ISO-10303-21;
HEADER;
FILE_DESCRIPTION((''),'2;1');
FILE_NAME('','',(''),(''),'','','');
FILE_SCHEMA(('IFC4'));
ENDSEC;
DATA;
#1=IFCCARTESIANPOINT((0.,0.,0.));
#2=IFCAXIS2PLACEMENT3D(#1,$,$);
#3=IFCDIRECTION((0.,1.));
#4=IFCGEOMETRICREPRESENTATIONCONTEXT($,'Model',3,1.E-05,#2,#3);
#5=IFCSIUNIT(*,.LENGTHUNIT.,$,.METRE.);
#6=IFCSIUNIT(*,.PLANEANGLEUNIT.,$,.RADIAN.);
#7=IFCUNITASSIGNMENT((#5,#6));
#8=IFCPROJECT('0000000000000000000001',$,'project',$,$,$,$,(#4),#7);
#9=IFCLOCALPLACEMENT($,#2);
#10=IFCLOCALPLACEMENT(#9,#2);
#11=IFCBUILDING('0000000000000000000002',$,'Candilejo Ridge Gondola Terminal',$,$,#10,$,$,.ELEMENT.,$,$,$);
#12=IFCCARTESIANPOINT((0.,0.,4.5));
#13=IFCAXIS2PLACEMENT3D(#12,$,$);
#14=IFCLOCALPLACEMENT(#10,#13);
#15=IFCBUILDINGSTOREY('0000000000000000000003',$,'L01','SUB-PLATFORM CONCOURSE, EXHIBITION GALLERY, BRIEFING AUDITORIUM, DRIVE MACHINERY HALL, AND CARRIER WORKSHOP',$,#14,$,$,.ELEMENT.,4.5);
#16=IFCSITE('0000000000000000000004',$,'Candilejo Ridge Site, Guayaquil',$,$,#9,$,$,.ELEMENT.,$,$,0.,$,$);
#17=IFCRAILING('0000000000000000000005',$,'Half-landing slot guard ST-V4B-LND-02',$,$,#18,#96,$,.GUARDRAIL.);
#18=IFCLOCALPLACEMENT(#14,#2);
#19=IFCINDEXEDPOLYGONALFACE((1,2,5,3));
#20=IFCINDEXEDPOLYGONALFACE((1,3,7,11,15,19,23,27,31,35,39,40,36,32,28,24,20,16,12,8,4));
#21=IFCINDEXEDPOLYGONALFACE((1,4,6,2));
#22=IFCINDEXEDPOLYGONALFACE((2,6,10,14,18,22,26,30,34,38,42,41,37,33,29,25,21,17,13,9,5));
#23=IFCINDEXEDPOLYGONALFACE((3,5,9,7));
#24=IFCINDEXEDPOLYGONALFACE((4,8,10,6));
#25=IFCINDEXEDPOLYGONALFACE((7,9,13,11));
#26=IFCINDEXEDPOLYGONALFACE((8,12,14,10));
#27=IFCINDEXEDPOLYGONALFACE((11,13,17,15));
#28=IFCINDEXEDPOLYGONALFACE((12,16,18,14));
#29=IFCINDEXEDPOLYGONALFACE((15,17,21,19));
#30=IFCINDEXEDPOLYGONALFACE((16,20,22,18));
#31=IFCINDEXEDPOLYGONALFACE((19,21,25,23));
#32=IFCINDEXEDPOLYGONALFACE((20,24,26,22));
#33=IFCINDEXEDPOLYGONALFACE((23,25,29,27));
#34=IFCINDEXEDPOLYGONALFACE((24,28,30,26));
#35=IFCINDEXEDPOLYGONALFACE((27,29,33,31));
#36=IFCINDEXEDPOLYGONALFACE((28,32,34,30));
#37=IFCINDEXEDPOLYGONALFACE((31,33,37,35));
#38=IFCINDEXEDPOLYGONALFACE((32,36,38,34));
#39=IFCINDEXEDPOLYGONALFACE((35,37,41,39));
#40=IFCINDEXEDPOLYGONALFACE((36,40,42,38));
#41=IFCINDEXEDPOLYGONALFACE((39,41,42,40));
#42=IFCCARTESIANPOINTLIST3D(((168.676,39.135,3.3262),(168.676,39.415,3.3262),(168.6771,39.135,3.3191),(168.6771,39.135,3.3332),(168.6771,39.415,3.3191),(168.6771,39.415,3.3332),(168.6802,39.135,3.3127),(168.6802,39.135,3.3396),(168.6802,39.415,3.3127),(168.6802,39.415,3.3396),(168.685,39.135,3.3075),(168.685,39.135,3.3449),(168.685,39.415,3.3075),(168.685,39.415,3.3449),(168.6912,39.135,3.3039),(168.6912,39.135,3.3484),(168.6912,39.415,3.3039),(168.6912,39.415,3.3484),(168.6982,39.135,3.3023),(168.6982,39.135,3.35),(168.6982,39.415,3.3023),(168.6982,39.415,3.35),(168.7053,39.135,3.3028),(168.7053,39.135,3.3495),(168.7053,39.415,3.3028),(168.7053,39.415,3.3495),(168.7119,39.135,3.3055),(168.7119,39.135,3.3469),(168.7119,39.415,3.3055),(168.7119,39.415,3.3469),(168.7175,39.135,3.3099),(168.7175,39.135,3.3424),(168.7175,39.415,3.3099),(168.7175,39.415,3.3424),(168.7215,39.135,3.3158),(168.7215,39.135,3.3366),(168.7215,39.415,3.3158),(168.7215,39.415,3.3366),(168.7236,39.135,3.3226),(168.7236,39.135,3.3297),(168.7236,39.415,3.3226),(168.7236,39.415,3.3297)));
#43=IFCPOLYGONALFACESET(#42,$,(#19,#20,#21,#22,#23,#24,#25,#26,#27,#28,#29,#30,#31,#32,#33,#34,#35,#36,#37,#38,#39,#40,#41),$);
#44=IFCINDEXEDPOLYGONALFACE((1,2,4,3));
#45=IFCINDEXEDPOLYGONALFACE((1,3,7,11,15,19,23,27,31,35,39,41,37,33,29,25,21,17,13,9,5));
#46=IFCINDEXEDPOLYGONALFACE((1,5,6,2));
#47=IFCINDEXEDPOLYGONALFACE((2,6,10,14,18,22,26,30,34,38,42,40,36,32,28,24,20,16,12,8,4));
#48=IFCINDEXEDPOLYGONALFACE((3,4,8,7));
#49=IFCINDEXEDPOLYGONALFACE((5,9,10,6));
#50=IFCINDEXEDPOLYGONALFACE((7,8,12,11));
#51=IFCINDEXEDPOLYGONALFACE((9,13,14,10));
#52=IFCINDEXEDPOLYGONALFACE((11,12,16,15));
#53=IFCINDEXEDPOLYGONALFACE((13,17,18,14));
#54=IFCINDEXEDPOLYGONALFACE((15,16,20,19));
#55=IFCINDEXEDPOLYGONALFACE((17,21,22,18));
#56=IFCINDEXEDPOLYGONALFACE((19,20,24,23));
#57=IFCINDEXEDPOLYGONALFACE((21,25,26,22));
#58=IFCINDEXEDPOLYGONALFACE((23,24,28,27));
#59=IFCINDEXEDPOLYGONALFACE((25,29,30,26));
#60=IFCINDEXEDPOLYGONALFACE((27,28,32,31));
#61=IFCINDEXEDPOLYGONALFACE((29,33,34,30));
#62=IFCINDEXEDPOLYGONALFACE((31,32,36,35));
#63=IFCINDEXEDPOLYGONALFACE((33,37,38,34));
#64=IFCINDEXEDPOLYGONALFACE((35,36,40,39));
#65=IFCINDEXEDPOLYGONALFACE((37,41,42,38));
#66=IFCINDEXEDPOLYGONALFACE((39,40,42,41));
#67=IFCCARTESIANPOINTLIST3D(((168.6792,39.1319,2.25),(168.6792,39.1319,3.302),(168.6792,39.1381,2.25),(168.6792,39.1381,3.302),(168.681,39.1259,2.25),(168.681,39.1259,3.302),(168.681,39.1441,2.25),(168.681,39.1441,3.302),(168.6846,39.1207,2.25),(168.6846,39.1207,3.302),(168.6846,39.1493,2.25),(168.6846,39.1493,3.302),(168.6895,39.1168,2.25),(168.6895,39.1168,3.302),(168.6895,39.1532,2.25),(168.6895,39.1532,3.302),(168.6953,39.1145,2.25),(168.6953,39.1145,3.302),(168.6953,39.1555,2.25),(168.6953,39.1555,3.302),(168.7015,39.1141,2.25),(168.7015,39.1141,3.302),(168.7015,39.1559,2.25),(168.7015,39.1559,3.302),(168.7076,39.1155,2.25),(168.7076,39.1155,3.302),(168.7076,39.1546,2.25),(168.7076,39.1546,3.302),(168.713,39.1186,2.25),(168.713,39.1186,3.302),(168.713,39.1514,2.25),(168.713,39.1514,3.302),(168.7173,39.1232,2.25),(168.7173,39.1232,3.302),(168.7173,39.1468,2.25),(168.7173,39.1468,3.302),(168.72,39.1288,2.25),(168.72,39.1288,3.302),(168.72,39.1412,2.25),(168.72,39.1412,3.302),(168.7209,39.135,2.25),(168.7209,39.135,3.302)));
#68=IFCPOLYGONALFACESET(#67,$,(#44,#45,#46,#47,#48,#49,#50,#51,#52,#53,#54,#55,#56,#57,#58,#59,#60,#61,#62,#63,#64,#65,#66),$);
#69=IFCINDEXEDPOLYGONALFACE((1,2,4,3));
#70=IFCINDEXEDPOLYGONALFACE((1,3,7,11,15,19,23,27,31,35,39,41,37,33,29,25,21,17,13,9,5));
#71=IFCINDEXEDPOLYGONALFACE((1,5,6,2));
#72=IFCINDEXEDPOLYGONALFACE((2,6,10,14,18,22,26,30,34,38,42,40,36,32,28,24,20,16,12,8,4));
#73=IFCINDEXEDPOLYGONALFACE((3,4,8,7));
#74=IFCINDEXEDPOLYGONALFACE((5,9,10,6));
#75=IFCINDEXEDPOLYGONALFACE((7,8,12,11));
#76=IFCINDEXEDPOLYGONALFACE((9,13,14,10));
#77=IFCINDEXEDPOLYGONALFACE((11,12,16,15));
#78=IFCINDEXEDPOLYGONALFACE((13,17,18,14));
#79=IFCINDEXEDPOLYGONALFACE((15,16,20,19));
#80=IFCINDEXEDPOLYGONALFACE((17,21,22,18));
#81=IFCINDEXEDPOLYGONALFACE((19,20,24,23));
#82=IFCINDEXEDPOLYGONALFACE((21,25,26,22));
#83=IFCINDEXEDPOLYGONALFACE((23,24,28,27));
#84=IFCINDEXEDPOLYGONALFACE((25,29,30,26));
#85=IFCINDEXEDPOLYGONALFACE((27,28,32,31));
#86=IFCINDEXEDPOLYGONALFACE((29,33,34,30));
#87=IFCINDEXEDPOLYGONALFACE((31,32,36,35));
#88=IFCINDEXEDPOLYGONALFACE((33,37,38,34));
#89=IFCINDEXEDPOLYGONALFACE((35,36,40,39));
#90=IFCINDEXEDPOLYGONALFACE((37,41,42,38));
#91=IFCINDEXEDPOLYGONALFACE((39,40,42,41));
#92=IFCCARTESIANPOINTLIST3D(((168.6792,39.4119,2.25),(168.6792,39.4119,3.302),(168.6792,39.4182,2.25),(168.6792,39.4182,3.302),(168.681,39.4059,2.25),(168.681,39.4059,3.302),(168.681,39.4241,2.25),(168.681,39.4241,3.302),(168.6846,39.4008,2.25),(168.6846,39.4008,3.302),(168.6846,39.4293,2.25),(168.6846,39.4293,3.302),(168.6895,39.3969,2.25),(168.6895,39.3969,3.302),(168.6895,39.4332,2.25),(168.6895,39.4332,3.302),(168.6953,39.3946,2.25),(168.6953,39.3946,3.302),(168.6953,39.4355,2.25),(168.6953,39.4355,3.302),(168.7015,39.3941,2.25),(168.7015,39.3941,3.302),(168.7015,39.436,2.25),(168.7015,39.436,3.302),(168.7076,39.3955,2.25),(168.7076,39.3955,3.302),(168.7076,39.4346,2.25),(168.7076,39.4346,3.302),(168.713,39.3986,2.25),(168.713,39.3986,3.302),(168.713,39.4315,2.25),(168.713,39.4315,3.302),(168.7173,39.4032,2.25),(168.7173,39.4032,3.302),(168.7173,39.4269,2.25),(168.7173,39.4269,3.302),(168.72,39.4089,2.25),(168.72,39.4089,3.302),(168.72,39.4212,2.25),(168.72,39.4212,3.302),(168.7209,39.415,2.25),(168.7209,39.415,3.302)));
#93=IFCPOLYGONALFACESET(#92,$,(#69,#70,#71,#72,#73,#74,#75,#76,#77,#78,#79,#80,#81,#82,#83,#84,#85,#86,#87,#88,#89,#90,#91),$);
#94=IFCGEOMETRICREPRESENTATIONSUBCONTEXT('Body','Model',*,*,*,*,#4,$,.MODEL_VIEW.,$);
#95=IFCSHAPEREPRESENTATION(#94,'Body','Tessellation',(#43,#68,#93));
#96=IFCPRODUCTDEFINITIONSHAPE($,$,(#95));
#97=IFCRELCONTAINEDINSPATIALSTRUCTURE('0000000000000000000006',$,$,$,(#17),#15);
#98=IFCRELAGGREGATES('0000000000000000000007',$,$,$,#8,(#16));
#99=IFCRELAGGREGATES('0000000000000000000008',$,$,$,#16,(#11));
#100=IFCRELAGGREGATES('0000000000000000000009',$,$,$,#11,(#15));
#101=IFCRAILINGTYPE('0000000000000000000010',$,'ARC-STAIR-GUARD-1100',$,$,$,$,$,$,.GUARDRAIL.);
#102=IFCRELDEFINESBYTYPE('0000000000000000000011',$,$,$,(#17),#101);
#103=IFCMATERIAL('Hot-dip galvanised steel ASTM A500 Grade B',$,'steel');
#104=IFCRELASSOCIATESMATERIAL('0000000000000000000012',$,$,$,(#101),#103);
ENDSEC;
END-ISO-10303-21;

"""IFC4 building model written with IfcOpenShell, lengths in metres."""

from ifc_helpers import new_model, si_unit, direction, frame, origin, origin_2d, place, context, subcontext, project, spatial, circle, extrude, material, type_object, element, save


model = new_model("IFC4")

# Units and contexts
model_context = context("Model", 3, precision=1e-05, world=origin(), true_north=direction((0.0, 1.0)))
body_context = subcontext(model_context, "Body", "Model", "MODEL_VIEW")
ifc_project = project(units=[si_unit("LENGTHUNIT", "METRE"), si_unit("PLANEANGLEUNIT", "RADIAN")], contexts=[model_context])

# Site, building, storey
site_placement = place(None, origin())
site = spatial("IfcSite", under=ifc_project, at=site_placement, Name="Candilejo Ridge Site, Guayaquil", CompositionType="ELEMENT", RefElevation=0.0)
building_placement = place(site_placement, origin())
building = spatial("IfcBuilding", under=site, at=building_placement, Name="Candilejo Ridge Gondola Terminal", CompositionType="ELEMENT")
storey_placement = place(building_placement, frame((0.0, 0.0, 4.5)))
storey = spatial("IfcBuildingStorey", under=building, at=storey_placement, Name="L01", Description="SUB-PLATFORM CONCOURSE, EXHIBITION GALLERY, BRIEFING AUDITORIUM, DRIVE MACHINERY HALL, AND CARRIER WORKSHOP", CompositionType="ELEMENT", Elevation=4.5)

# Railing
ifc_material_1 = material(Name="Hot-dip galvanised steel ASTM A500 Grade B", Category="steel")
railing_type_1 = type_object("IfcRailingType", Name="ARC-STAIR-GUARD-1100", PredefinedType="GUARDRAIL", material=ifc_material_1)
railing_1_placement = place(storey_placement, frame((168.7, 39.135, 2.25)))
element("IfcRailing", 1, at=railing_1_placement, inside=storey, type_object=railing_type_1, Name="Half-landing slot guard ST-V4B-LND-02", PredefinedType="GUARDRAIL", context=body_context, shape_type="SweptSolid", body=[
    extrude(circle(Radius=0.0239, at=origin_2d()), frame((0.0, 0.0, 1.0762), z_axis=(0.0, 1.0, 0.0), x_axis=(-1.0, 0.0, 0.0)), (0.0, 0.0, 1.0), 0.28),
    extrude(circle(Radius=0.021, at=origin_2d()), origin(), (0.0, 0.0, 1.0), 1.052),
    extrude(circle(Radius=0.021, at=origin_2d()), frame((0.0, 0.28, 0.0)), (0.0, 0.0, 1.0), 1.052),
])

save(model, "model.ifc")
